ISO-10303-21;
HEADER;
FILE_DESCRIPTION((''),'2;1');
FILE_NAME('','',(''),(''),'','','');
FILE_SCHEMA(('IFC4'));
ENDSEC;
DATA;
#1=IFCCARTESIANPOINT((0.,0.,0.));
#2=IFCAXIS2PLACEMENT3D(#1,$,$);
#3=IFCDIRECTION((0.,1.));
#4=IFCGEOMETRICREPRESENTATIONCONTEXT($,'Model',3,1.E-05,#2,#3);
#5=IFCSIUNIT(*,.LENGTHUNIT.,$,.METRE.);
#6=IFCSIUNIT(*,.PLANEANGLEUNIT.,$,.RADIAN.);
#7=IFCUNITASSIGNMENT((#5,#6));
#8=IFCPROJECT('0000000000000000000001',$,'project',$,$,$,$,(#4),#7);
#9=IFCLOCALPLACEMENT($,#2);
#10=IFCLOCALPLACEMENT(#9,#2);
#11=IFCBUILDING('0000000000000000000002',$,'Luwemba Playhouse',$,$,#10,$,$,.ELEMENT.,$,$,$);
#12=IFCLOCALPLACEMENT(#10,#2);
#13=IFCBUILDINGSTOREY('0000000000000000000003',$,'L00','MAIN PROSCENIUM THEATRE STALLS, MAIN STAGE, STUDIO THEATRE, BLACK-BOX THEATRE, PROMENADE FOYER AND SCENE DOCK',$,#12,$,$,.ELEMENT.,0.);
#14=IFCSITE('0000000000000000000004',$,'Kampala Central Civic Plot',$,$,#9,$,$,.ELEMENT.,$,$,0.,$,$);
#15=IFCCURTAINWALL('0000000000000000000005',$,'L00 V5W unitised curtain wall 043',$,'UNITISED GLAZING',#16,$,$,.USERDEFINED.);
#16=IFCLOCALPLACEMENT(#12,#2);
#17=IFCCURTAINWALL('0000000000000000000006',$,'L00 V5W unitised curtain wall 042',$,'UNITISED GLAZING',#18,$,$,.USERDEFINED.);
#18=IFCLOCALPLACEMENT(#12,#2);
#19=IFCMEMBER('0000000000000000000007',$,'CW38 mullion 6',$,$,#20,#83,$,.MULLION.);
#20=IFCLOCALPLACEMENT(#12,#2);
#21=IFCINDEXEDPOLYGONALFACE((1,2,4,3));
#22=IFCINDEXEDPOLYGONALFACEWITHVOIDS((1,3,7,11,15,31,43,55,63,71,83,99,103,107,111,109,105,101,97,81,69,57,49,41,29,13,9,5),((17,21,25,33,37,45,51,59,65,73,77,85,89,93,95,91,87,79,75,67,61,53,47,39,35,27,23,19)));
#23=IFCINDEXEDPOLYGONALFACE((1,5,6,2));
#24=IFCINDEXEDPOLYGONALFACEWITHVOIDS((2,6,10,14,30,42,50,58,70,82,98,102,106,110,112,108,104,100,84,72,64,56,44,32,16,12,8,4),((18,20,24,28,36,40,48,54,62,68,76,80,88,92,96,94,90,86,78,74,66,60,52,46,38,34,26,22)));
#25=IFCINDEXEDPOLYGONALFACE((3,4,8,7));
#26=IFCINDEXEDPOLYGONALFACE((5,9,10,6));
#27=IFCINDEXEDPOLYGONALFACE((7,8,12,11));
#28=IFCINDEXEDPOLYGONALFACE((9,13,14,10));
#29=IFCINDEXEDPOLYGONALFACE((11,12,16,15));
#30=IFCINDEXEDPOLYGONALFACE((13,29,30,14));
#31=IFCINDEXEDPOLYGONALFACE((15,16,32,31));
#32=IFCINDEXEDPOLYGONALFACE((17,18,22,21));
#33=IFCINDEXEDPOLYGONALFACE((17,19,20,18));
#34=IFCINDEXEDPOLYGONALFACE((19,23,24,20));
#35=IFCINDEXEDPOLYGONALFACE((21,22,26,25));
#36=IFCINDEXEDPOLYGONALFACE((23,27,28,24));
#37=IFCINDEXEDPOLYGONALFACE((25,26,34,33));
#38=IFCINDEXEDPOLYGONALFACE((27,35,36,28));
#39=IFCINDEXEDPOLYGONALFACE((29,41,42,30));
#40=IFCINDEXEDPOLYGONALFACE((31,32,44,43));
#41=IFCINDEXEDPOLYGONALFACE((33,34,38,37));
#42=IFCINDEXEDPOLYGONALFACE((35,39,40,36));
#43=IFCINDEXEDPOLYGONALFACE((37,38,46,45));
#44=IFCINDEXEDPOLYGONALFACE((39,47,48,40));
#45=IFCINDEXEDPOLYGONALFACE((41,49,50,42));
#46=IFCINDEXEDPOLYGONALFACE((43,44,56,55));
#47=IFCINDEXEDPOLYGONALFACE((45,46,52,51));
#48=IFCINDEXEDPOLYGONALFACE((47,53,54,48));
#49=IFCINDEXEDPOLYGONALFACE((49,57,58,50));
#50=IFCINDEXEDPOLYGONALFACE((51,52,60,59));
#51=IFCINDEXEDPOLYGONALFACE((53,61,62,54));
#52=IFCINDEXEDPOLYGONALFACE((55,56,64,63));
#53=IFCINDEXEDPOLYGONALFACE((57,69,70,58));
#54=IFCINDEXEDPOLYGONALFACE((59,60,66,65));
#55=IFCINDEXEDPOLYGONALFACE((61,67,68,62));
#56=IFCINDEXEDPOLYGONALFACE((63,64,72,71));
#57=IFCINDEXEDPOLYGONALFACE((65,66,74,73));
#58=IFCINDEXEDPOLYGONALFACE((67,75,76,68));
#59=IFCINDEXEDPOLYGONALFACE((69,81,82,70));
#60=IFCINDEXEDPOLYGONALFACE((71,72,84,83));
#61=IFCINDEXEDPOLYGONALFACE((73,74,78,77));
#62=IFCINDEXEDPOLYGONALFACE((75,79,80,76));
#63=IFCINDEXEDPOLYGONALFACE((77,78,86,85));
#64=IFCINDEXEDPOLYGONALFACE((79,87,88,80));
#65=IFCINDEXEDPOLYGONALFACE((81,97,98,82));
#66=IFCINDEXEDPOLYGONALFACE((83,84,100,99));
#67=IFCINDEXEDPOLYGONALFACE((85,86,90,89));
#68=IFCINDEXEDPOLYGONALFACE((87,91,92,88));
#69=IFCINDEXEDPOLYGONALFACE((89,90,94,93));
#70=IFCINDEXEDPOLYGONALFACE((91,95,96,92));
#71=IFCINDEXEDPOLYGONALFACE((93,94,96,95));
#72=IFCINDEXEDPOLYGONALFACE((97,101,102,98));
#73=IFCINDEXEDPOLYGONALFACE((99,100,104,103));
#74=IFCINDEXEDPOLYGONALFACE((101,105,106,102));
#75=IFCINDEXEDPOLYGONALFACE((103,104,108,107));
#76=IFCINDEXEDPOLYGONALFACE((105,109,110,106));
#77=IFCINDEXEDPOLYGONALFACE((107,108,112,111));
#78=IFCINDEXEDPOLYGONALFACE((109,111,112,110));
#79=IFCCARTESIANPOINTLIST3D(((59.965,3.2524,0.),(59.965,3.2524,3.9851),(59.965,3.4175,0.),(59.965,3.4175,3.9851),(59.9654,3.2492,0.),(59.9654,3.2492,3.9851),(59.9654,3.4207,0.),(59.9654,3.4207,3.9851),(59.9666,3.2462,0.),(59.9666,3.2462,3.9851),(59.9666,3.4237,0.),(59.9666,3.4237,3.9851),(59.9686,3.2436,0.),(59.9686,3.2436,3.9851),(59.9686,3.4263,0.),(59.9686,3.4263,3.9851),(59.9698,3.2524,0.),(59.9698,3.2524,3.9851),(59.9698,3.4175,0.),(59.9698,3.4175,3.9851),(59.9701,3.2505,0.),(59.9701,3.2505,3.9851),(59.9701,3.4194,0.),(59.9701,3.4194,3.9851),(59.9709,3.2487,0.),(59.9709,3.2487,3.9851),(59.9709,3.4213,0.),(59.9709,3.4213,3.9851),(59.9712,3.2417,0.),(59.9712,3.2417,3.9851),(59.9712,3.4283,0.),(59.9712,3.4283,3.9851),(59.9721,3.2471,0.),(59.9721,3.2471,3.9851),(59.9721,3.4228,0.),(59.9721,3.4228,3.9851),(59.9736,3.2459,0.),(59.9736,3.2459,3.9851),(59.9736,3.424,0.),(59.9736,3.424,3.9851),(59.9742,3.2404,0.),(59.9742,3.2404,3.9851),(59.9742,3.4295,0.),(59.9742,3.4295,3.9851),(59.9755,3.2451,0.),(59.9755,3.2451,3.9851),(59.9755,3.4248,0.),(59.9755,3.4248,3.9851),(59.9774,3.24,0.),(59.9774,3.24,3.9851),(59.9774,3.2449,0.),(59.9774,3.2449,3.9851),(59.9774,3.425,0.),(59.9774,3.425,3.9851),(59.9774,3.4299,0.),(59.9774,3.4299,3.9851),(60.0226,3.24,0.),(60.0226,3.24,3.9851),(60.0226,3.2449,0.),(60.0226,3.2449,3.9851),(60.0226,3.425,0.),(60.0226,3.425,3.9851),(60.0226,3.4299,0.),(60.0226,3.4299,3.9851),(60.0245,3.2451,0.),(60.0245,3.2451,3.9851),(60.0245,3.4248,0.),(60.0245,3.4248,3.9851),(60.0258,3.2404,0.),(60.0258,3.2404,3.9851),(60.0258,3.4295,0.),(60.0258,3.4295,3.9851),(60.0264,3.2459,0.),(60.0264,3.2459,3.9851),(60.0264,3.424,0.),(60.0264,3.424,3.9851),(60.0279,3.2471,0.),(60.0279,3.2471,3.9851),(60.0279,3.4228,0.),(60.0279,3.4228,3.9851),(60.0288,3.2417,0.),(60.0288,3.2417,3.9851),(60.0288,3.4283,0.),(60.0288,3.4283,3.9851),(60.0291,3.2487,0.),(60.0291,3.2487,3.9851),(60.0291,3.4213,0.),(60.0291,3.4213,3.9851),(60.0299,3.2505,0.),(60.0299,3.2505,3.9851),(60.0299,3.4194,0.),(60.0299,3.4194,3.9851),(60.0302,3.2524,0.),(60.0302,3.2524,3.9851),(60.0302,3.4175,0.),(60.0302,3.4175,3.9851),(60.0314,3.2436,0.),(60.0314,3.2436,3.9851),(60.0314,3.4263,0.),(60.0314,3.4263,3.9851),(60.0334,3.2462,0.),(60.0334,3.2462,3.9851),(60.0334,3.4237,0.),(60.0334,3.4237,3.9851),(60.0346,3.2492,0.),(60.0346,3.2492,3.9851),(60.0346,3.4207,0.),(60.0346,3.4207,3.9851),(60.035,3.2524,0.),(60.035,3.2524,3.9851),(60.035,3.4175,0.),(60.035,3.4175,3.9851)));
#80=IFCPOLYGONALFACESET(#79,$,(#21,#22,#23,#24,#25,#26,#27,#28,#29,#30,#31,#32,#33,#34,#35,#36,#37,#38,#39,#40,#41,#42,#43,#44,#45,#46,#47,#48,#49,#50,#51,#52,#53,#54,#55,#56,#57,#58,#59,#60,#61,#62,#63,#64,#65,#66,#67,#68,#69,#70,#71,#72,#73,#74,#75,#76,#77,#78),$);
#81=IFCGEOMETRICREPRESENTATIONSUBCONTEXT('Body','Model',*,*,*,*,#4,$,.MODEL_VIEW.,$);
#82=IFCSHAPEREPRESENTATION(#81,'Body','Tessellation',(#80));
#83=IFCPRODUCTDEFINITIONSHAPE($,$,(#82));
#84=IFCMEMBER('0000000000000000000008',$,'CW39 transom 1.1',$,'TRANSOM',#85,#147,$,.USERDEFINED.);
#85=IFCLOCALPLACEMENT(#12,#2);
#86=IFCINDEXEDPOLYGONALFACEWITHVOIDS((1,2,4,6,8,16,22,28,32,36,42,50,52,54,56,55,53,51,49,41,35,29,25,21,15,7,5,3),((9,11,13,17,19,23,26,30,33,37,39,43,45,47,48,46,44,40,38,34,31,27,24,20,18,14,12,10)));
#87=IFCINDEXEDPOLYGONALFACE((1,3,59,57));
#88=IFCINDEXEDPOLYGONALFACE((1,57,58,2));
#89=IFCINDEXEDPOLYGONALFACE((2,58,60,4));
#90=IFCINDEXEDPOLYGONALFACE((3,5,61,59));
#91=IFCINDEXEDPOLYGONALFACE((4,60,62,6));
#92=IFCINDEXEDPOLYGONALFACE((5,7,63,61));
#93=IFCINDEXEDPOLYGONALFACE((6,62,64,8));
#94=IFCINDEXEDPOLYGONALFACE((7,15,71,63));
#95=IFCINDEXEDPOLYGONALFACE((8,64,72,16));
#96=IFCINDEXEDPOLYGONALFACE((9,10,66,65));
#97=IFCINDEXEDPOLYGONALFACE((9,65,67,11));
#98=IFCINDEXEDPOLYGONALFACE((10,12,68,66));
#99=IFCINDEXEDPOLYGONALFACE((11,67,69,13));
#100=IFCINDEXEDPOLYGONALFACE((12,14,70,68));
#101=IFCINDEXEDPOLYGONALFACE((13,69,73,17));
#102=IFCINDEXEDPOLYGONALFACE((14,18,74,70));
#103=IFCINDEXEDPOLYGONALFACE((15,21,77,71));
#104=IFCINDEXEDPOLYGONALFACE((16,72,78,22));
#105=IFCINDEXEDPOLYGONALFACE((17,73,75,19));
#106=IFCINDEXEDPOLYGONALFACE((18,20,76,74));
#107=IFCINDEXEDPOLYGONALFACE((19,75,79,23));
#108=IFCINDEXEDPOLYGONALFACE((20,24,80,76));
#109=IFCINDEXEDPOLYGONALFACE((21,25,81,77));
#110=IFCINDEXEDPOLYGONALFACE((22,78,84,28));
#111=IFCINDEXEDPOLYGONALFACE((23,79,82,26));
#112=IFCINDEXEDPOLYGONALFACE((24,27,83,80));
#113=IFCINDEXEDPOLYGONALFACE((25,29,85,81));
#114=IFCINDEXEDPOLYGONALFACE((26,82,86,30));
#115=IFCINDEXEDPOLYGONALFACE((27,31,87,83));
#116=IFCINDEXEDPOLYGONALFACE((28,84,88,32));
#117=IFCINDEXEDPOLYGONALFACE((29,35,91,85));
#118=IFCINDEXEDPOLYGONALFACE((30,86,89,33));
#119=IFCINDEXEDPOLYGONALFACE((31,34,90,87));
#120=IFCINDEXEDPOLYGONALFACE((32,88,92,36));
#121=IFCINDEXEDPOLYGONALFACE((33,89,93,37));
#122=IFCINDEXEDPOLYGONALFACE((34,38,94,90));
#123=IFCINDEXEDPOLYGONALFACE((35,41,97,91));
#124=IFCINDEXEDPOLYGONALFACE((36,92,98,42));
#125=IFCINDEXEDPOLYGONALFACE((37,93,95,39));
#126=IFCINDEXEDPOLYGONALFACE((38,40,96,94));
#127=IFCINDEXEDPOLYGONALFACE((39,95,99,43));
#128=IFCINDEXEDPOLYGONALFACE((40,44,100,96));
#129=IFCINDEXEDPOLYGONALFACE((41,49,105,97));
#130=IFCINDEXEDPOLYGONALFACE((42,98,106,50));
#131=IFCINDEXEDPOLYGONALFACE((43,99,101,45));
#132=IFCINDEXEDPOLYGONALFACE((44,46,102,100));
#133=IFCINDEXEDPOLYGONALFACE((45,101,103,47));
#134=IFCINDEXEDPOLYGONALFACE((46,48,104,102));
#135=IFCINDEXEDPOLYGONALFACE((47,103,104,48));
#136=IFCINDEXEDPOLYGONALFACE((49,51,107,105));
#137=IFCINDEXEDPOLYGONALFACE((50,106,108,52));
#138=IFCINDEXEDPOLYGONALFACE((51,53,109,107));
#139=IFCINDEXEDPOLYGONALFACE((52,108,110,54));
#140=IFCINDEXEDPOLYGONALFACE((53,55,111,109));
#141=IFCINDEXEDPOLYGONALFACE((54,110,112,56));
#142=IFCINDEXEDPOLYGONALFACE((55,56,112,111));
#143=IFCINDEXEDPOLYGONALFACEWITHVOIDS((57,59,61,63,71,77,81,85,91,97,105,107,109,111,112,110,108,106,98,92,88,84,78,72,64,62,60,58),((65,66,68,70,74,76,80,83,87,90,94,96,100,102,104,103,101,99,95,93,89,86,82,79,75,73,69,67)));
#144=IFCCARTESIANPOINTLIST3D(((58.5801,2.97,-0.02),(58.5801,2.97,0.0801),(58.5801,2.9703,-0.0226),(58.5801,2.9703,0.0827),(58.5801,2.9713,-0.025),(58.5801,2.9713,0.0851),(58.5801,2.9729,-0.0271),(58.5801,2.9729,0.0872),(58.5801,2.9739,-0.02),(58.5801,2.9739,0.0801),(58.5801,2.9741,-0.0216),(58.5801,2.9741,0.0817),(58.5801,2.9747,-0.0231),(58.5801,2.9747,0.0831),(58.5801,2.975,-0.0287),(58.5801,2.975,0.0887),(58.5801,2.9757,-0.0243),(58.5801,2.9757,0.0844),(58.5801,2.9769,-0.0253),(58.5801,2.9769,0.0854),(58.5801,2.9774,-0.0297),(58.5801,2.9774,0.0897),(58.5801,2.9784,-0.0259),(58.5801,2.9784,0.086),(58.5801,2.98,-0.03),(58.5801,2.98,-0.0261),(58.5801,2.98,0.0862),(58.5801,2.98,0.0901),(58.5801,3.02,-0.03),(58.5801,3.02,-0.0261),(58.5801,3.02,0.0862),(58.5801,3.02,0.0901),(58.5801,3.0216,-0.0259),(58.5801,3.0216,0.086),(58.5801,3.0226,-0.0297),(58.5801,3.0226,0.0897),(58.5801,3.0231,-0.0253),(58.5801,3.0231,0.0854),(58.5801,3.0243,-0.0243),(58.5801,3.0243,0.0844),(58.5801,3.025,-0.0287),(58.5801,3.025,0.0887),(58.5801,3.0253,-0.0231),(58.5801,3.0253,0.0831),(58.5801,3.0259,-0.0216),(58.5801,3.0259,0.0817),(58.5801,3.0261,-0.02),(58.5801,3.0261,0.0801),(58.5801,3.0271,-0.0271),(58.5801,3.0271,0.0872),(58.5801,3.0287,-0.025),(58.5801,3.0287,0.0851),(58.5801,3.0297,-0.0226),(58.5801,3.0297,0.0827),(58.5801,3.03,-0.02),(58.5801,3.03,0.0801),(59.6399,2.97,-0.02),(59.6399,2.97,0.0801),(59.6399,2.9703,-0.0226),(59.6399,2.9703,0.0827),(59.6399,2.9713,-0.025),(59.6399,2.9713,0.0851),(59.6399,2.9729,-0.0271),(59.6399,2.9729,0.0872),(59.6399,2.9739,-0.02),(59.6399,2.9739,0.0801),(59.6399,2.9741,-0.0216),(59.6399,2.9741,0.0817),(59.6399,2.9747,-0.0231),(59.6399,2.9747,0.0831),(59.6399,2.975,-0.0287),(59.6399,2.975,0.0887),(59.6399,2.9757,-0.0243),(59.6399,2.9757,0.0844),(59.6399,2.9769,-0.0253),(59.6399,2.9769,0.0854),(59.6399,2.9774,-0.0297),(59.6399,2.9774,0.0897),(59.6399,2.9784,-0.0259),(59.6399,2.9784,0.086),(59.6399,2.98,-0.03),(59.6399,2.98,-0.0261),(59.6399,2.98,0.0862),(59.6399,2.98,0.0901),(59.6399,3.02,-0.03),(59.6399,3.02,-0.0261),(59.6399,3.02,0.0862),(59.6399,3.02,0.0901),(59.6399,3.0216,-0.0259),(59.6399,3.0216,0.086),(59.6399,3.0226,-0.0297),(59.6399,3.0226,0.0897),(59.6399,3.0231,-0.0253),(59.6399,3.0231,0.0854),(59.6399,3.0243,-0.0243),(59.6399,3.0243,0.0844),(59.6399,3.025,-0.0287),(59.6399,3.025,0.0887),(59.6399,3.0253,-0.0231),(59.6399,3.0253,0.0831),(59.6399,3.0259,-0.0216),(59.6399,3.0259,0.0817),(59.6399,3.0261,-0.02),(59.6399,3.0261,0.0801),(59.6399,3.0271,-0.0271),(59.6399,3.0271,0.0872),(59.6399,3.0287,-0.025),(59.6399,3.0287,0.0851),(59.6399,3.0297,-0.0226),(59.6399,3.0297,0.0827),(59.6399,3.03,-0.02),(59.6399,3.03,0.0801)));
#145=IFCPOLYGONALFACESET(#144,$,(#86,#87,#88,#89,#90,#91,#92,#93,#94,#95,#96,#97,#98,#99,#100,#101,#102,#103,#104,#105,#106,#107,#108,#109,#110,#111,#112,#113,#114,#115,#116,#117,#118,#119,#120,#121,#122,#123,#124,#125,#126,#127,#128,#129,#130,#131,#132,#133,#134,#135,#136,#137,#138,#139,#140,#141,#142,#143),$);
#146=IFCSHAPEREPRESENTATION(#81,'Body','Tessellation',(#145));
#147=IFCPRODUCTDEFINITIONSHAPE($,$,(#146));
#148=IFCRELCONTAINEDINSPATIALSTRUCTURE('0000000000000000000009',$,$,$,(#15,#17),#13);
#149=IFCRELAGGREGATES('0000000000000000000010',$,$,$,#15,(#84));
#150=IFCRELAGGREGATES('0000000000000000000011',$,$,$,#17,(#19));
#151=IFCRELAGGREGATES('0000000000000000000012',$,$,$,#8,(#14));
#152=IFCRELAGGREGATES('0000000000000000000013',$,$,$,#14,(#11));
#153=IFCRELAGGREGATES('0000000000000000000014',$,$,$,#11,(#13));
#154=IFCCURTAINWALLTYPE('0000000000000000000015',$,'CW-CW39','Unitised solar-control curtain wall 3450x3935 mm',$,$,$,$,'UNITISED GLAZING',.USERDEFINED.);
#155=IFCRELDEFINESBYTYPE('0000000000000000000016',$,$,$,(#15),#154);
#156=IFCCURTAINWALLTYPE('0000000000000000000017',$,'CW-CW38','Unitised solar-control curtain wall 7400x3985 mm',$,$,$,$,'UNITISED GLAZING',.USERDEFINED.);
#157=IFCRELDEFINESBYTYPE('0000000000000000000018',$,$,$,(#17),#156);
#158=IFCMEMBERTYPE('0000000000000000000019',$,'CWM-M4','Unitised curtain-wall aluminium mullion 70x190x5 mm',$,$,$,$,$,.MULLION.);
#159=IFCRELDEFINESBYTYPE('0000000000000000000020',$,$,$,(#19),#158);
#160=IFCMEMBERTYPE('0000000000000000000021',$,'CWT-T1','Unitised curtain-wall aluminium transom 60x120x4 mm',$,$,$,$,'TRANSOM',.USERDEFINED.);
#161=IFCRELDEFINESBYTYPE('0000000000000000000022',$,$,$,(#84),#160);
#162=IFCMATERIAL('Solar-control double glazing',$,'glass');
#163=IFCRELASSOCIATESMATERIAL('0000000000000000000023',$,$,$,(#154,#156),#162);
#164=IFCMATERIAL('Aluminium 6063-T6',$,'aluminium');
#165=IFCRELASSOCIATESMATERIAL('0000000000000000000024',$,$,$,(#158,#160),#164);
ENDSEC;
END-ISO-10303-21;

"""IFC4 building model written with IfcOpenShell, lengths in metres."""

from ifc_helpers import new_model, si_unit, direction, frame, origin, origin_2d, place, context, subcontext, project, spatial, hollow_rectangle, extrude, material, material_profile, profile_set, type_object, element, aggregate, save


model = new_model("IFC4")

# Units and contexts
model_context = context("Model", 3, precision=1e-05, world=origin(), true_north=direction((0.0, 1.0)))
body_context = subcontext(model_context, "Body", "Model", "MODEL_VIEW")
ifc_project = project(units=[si_unit("LENGTHUNIT", "METRE"), si_unit("PLANEANGLEUNIT", "RADIAN")], contexts=[model_context])

# Site, building, storey
site_placement = place(None, origin())
site = spatial("IfcSite", under=ifc_project, at=site_placement, Name="Kampala Central Civic Plot", CompositionType="ELEMENT", RefElevation=0.0)
building_placement = place(site_placement, origin())
building = spatial("IfcBuilding", under=site, at=building_placement, Name="Luwemba Playhouse", CompositionType="ELEMENT")
storey_placement = place(building_placement, origin())
storey = spatial("IfcBuildingStorey", under=building, at=storey_placement, Name="L00", Description="MAIN PROSCENIUM THEATRE STALLS, MAIN STAGE, STUDIO THEATRE, BLACK-BOX THEATRE, PROMENADE FOYER AND SCENE DOCK", CompositionType="ELEMENT", Elevation=0.0)

# Curtain wall
ifc_material_1 = material(Name="Solar-control double glazing", Category="glass")
curtain_wall_type_1 = type_object("IfcCurtainWallType", Name="CW-CW39", Description="Unitised solar-control curtain wall 3450x3935 mm", ElementType="UNITISED GLAZING", PredefinedType="USERDEFINED", material=ifc_material_1)
curtain_wall_1_placement = place(storey_placement, origin())
curtain_wall_1 = element("IfcCurtainWall", 1, at=curtain_wall_1_placement, inside=storey, type_object=curtain_wall_type_1, Name="L00 V5W unitised curtain wall 043", ObjectType="UNITISED GLAZING", PredefinedType="USERDEFINED")
ifc_material_2 = material(Name="Aluminium 6063-T6", Category="aluminium")

# Curtain wall, member
curtain_wall_type_2 = type_object("IfcCurtainWallType", Name="CW-CW38", Description="Unitised solar-control curtain wall 7400x3985 mm", ElementType="UNITISED GLAZING", PredefinedType="USERDEFINED", material=ifc_material_1)
curtain_wall_2_placement = place(storey_placement, origin())
curtain_wall_2 = element("IfcCurtainWall", 2, at=curtain_wall_2_placement, inside=storey, type_object=curtain_wall_type_2, Name="L00 V5W unitised curtain wall 042", ObjectType="UNITISED GLAZING", PredefinedType="USERDEFINED")
ifc_material_profile_1 = material_profile(ifc_material_2, hollow_rectangle(XDim=0.0701, YDim=0.1899, WallThickness=0.0049, InnerFilletRadius=0.0076, OuterFilletRadius=0.0125, at=origin_2d()))
ifc_profile_set_1 = profile_set([ifc_material_profile_1], Name="Aluminium 6063-T6")
member_type_1 = type_object("IfcMemberType", Name="CWM-M4", Description="Unitised curtain-wall aluminium mullion 70x190x5 mm", PredefinedType="MULLION", material=ifc_profile_set_1)
member_1_placement = place(storey_placement, frame((60.0, 3.335, 0.0), z_axis=(0.0, 0.0, 1.0), x_axis=(1.0, 0.0, 0.0)))
member_1 = element("IfcMember", 3, at=member_1_placement, type_object=member_type_1, Name="CW38 mullion 6", PredefinedType="MULLION", context=body_context, shape_type="SweptSolid", body=[
    extrude(hollow_rectangle(XDim=0.0701, YDim=0.1899, WallThickness=0.0049, InnerFilletRadius=0.0076, OuterFilletRadius=0.0125, at=origin_2d()), origin(), (0.0, 0.0, 1.0), 3.9851),
])

# Member
ifc_material_profile_2 = material_profile(ifc_material_2, hollow_rectangle(XDim=0.0601, YDim=0.1201, WallThickness=0.0039, InnerFilletRadius=0.0061, OuterFilletRadius=0.01, at=origin_2d()))
ifc_profile_set_2 = profile_set([ifc_material_profile_2], Name="Aluminium 6063-T6")
member_type_2 = type_object("IfcMemberType", Name="CWT-T1", Description="Unitised curtain-wall aluminium transom 60x120x4 mm", ElementType="TRANSOM", PredefinedType="USERDEFINED", material=ifc_profile_set_2)
member_2_placement = place(storey_placement, frame((59.6399, 3.0, 0.03), z_axis=(-1.0, 0.0, 0.0), x_axis=(0.0, -1.0, 0.0)))
member_2 = element("IfcMember", 4, at=member_2_placement, type_object=member_type_2, Name="CW39 transom 1.1", ObjectType="TRANSOM", PredefinedType="USERDEFINED", context=body_context, shape_type="SweptSolid", body=[
    extrude(hollow_rectangle(XDim=0.0601, YDim=0.1201, WallThickness=0.0039, InnerFilletRadius=0.0061, OuterFilletRadius=0.01, at=origin_2d()), origin(), (0.0, 0.0, 1.0), 1.0598),
])
aggregate(curtain_wall_1, [member_2])

aggregate(curtain_wall_2, [member_1])

save(model, "model.ifc")
